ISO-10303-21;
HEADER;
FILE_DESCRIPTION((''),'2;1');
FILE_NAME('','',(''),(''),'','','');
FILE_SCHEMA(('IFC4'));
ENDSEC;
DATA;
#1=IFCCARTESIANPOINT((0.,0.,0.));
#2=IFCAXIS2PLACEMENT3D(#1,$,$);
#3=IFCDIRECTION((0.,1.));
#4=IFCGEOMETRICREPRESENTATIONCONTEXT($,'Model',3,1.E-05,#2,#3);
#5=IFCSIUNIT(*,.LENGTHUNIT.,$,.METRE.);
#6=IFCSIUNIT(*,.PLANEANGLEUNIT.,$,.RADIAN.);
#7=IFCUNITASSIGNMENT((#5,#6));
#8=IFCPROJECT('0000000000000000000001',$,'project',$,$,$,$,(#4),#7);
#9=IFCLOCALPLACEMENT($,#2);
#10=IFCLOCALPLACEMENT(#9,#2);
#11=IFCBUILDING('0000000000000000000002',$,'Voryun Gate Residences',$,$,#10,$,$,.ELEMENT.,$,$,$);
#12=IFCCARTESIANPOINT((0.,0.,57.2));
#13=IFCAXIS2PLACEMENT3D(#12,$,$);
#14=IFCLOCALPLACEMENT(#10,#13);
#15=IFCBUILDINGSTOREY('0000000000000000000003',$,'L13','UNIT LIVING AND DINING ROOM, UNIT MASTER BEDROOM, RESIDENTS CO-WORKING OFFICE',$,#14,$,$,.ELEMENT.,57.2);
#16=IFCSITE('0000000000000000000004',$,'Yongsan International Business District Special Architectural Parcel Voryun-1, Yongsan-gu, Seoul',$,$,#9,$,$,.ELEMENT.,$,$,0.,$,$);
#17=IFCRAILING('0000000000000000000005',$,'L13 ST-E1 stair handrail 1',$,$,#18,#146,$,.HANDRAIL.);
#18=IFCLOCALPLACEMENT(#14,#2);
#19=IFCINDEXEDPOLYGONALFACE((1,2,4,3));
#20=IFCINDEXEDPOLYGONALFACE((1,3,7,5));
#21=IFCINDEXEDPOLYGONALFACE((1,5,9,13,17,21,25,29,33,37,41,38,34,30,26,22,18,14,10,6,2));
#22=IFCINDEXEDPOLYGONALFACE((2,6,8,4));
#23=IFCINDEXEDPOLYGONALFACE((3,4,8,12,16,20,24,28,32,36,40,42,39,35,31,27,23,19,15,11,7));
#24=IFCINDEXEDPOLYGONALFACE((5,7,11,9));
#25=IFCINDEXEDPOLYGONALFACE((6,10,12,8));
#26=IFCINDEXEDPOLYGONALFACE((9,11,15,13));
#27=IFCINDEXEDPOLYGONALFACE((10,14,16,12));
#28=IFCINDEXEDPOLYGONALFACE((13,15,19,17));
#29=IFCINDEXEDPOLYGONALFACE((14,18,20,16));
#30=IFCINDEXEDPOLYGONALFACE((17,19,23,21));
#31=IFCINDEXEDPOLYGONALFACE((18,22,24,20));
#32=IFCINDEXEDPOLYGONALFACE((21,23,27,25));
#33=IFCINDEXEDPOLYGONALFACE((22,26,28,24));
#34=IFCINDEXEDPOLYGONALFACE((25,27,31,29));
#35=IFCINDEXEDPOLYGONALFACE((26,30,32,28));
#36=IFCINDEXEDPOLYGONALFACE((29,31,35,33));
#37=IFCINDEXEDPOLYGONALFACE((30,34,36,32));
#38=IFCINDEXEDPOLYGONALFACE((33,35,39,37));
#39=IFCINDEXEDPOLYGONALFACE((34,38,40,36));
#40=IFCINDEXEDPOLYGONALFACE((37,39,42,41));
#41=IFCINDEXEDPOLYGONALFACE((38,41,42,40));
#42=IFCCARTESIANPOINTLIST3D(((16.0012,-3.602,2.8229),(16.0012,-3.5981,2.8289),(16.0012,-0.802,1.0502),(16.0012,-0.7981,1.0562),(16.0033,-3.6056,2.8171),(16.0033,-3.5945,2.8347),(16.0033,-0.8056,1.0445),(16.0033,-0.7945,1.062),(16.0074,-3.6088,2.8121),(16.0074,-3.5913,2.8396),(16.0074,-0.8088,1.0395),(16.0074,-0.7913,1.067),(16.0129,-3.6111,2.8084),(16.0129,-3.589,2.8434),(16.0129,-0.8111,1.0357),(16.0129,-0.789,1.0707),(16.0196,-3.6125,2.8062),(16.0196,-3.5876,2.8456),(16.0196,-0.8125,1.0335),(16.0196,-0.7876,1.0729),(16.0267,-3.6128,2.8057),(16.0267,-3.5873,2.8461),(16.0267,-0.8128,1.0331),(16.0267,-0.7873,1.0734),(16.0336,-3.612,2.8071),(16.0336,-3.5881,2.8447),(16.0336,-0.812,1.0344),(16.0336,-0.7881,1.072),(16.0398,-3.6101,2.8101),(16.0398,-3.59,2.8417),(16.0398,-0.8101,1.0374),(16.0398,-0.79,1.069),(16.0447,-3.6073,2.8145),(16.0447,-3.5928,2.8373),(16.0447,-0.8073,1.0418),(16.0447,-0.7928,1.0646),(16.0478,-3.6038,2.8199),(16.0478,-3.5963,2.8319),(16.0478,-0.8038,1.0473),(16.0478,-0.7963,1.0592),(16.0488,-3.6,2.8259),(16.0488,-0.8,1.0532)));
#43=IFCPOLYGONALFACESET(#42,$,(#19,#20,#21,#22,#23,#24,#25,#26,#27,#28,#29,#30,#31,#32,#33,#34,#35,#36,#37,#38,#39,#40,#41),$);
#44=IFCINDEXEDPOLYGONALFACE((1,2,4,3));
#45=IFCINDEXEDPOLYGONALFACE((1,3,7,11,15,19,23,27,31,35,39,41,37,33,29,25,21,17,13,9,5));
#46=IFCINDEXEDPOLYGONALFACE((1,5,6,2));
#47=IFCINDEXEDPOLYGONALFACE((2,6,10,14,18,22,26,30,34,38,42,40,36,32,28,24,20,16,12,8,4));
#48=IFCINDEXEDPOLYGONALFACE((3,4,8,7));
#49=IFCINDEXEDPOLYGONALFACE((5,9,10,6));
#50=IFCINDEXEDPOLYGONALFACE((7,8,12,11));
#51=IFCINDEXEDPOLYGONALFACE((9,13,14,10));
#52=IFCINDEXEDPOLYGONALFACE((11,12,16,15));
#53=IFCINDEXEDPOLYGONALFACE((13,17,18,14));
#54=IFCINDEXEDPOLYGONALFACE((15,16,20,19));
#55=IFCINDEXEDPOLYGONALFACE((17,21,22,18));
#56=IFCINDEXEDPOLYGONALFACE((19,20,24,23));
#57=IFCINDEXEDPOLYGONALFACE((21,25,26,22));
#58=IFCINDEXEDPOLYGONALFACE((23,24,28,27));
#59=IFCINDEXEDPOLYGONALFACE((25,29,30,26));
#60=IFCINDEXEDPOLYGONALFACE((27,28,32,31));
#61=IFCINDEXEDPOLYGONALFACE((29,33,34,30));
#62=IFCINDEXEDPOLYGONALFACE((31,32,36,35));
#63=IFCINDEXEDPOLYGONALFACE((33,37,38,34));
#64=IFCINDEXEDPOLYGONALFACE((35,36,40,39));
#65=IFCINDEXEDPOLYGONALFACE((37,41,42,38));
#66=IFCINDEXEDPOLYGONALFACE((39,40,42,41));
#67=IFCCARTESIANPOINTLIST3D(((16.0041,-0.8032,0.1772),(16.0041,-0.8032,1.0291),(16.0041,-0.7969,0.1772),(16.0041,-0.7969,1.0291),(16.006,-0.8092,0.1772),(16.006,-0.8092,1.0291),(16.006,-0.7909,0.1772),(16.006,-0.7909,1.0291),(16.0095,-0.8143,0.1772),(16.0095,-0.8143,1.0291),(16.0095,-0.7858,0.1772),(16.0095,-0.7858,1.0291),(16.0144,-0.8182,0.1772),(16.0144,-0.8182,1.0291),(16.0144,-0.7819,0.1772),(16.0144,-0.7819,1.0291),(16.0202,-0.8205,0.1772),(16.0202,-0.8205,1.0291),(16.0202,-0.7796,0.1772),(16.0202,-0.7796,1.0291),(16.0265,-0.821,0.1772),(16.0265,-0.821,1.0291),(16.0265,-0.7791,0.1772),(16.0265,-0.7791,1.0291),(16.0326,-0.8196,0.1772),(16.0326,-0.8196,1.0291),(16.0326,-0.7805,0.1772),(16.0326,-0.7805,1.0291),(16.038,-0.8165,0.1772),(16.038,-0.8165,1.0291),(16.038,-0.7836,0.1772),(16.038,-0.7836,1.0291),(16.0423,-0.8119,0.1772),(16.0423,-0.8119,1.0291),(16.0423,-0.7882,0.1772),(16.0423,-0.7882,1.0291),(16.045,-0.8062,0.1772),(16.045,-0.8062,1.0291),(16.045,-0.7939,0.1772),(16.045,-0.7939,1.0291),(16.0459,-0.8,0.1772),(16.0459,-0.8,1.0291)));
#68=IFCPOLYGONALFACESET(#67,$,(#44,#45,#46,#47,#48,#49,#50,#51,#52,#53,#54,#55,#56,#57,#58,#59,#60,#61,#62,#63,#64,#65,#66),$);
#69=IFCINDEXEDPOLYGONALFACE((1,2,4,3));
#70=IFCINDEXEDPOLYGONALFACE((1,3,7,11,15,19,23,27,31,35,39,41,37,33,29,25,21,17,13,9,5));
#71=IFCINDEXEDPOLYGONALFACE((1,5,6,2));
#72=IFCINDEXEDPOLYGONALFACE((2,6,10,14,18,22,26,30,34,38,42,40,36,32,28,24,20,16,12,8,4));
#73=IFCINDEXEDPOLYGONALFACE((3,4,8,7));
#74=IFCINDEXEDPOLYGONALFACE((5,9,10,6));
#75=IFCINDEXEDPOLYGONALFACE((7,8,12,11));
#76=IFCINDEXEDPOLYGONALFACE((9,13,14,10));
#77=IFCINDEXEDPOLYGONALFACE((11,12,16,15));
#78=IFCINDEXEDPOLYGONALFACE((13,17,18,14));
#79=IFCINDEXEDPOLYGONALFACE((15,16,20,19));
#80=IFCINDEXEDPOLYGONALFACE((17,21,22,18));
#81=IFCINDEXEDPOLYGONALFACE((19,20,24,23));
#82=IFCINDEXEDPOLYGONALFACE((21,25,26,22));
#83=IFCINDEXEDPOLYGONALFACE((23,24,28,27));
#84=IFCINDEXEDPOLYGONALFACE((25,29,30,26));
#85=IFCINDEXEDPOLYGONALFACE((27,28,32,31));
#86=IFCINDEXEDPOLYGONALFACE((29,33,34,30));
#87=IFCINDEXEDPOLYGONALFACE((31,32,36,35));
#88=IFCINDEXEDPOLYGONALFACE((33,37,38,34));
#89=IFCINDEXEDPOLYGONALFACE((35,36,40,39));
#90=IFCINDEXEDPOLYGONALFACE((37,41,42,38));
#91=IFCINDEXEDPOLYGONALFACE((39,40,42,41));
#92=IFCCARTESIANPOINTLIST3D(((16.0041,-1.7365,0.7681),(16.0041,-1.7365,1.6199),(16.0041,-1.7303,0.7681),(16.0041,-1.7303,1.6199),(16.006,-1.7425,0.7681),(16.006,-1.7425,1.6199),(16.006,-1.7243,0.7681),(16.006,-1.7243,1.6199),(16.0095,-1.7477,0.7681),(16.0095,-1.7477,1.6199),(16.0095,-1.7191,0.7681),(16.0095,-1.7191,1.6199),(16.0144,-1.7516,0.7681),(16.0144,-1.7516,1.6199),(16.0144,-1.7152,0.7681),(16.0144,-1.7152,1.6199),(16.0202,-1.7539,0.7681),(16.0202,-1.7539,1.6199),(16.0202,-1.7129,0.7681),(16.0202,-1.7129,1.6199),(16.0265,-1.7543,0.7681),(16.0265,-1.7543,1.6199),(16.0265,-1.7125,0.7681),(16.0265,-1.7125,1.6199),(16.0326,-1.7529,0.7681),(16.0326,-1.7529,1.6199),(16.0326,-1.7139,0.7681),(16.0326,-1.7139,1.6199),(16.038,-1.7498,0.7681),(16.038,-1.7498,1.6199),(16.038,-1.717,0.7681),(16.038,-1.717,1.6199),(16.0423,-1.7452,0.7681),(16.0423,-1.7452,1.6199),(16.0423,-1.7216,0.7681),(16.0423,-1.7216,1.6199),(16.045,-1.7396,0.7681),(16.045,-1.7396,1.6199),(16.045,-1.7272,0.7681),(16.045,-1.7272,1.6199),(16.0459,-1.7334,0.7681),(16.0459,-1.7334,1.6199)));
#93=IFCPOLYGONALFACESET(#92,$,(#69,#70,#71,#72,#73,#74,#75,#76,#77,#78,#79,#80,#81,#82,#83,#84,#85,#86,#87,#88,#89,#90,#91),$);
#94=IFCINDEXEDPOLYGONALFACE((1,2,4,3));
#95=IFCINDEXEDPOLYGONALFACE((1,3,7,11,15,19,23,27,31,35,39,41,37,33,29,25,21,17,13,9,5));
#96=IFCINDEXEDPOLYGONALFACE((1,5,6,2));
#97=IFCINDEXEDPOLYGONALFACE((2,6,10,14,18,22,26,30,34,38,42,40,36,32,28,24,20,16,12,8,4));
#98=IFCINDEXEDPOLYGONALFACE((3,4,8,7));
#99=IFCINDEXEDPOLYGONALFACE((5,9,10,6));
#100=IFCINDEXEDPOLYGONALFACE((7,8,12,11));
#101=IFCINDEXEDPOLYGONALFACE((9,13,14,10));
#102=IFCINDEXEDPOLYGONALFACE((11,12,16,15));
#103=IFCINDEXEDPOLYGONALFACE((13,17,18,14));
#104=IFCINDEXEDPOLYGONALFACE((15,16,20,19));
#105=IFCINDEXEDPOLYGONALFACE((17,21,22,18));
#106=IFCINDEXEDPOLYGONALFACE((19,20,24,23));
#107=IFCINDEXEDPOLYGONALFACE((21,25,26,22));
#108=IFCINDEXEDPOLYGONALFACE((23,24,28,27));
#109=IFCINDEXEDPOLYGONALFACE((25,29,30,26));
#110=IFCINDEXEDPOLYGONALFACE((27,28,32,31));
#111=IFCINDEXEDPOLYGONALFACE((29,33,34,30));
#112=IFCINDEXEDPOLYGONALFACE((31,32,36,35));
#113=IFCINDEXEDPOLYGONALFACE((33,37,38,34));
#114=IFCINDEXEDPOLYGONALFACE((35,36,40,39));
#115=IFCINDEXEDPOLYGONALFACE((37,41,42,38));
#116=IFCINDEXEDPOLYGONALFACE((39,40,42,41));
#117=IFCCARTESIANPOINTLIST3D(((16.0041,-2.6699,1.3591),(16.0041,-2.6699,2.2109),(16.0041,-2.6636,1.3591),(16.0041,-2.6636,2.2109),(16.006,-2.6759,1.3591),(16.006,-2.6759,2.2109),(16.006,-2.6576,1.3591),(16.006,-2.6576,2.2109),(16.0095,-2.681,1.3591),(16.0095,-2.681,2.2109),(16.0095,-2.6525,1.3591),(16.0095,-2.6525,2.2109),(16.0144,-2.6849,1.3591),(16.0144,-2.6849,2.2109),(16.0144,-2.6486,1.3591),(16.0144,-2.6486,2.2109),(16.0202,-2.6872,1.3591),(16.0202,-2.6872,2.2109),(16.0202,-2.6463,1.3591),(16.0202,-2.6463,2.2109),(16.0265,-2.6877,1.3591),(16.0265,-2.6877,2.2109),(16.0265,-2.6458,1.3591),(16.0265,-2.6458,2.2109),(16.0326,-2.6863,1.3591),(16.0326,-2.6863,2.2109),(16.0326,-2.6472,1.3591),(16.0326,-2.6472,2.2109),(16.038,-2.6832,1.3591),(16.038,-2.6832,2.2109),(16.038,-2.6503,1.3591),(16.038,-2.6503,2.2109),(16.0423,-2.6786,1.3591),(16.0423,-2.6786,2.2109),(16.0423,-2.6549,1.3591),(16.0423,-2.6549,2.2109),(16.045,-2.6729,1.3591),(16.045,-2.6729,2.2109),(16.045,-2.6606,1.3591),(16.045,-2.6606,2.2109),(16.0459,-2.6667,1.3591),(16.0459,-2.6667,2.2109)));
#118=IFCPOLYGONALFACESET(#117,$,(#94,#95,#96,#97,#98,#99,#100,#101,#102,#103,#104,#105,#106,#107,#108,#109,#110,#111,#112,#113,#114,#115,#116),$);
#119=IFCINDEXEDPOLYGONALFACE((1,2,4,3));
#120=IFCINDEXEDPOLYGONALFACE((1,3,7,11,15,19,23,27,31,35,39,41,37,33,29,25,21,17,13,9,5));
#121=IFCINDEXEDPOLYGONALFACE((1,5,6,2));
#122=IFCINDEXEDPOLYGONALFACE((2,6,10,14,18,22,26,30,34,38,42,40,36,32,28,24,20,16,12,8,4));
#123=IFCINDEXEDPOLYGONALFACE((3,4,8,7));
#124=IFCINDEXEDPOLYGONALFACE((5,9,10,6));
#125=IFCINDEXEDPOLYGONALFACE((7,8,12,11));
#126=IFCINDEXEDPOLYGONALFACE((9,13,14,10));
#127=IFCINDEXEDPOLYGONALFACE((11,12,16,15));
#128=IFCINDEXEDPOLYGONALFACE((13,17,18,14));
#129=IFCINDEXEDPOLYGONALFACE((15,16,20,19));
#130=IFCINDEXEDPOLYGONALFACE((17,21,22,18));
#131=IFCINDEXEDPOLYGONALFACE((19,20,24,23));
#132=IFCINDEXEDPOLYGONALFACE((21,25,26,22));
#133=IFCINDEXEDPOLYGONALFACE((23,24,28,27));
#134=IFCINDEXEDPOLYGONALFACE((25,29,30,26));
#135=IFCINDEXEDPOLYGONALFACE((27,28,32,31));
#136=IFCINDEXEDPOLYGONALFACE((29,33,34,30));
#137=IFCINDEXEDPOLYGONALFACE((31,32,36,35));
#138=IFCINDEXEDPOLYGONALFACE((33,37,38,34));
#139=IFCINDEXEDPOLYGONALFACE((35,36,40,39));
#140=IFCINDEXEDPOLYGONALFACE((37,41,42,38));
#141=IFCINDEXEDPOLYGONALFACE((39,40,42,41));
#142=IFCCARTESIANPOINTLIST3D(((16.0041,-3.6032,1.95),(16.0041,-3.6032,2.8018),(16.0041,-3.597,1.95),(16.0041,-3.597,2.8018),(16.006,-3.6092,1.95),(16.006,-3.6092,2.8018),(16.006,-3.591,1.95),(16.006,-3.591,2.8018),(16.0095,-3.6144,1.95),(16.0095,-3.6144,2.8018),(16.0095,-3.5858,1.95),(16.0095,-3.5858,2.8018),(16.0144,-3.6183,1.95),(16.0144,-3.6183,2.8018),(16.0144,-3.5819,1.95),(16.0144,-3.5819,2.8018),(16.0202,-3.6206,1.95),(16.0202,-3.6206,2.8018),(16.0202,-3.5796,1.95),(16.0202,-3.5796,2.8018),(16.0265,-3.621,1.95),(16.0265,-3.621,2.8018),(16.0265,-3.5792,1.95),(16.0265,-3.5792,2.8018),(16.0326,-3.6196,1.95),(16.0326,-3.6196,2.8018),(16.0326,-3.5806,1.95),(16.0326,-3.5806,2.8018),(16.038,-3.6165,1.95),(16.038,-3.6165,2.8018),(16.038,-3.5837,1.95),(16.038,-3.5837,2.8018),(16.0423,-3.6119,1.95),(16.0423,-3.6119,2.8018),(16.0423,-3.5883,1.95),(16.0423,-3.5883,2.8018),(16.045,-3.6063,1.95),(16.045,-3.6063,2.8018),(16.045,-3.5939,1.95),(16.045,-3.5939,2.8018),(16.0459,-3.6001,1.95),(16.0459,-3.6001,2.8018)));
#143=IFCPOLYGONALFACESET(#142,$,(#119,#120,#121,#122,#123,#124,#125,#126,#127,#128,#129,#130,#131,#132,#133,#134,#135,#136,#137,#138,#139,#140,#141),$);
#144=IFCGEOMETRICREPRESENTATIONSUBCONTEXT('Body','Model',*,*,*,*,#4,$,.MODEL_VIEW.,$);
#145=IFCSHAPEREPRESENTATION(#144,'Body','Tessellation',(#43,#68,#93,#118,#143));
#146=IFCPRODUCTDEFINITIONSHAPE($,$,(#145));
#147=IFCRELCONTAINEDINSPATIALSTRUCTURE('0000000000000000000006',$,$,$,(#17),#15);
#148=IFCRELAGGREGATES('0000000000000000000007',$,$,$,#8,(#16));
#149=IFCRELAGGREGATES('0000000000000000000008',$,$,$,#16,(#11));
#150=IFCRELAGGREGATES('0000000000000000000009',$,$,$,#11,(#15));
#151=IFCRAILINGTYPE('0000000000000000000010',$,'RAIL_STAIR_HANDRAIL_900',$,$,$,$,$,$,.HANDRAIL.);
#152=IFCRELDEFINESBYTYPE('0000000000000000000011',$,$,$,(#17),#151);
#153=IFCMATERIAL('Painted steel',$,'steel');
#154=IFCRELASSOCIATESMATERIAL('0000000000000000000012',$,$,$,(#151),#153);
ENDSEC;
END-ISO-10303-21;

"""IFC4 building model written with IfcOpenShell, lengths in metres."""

from ifc_helpers import new_model, si_unit, direction, frame, origin, origin_2d, place, context, subcontext, project, spatial, circle, extrude, material, type_object, element, save


model = new_model("IFC4")

# Units and contexts
model_context = context("Model", 3, precision=1e-05, world=origin(), true_north=direction((0.0, 1.0)))
body_context = subcontext(model_context, "Body", "Model", "MODEL_VIEW")
ifc_project = project(units=[si_unit("LENGTHUNIT", "METRE"), si_unit("PLANEANGLEUNIT", "RADIAN")], contexts=[model_context])

# Site, building, storey
site_placement = place(None, origin())
site = spatial("IfcSite", under=ifc_project, at=site_placement, Name="Yongsan International Business District Special Architectural Parcel Voryun-1, Yongsan-gu, Seoul", CompositionType="ELEMENT", RefElevation=0.0)
building_placement = place(site_placement, origin())
building = spatial("IfcBuilding", under=site, at=building_placement, Name="Voryun Gate Residences", CompositionType="ELEMENT")
storey_placement = place(building_placement, frame((0.0, 0.0, 57.2)))
storey = spatial("IfcBuildingStorey", under=building, at=storey_placement, Name="L13", Description="UNIT LIVING AND DINING ROOM, UNIT MASTER BEDROOM, RESIDENTS CO-WORKING OFFICE", CompositionType="ELEMENT", Elevation=57.2)

# Railing
ifc_material_1 = material(Name="Painted steel", Category="steel")
railing_type_1 = type_object("IfcRailingType", Name="RAIL_STAIR_HANDRAIL_900", PredefinedType="HANDRAIL", material=ifc_material_1)
railing_1_placement = place(storey_placement, frame((16.0249, -0.8, 0.1772)))
element("IfcRailing", 1, at=railing_1_placement, inside=storey, type_object=railing_type_1, Name="L13 ST-E1 stair handrail 1", PredefinedType="HANDRAIL", context=body_context, shape_type="SweptSolid", body=[
    extrude(circle(Radius=0.0239, at=origin_2d()), frame((0.0, 0.0, 0.876), z_axis=(0.0, -0.844909, 0.53491), x_axis=(1.0, 0.0, 0.0)), (0.0, 0.0, 1.0), 3.314),
    extrude(circle(Radius=0.021, at=origin_2d()), origin(), (0.0, 0.0, 1.0), 0.8518),
    extrude(circle(Radius=0.021, at=origin_2d()), frame((0.0, -0.9333, 0.5908)), (0.0, 0.0, 1.0), 0.8518),
    extrude(circle(Radius=0.021, at=origin_2d()), frame((0.0, -1.8667, 1.1819)), (0.0, 0.0, 1.0), 0.8518),
    extrude(circle(Radius=0.021, at=origin_2d()), frame((0.0, -2.8, 1.7727)), (0.0, 0.0, 1.0), 0.8518),
])

save(model, "model.ifc")
